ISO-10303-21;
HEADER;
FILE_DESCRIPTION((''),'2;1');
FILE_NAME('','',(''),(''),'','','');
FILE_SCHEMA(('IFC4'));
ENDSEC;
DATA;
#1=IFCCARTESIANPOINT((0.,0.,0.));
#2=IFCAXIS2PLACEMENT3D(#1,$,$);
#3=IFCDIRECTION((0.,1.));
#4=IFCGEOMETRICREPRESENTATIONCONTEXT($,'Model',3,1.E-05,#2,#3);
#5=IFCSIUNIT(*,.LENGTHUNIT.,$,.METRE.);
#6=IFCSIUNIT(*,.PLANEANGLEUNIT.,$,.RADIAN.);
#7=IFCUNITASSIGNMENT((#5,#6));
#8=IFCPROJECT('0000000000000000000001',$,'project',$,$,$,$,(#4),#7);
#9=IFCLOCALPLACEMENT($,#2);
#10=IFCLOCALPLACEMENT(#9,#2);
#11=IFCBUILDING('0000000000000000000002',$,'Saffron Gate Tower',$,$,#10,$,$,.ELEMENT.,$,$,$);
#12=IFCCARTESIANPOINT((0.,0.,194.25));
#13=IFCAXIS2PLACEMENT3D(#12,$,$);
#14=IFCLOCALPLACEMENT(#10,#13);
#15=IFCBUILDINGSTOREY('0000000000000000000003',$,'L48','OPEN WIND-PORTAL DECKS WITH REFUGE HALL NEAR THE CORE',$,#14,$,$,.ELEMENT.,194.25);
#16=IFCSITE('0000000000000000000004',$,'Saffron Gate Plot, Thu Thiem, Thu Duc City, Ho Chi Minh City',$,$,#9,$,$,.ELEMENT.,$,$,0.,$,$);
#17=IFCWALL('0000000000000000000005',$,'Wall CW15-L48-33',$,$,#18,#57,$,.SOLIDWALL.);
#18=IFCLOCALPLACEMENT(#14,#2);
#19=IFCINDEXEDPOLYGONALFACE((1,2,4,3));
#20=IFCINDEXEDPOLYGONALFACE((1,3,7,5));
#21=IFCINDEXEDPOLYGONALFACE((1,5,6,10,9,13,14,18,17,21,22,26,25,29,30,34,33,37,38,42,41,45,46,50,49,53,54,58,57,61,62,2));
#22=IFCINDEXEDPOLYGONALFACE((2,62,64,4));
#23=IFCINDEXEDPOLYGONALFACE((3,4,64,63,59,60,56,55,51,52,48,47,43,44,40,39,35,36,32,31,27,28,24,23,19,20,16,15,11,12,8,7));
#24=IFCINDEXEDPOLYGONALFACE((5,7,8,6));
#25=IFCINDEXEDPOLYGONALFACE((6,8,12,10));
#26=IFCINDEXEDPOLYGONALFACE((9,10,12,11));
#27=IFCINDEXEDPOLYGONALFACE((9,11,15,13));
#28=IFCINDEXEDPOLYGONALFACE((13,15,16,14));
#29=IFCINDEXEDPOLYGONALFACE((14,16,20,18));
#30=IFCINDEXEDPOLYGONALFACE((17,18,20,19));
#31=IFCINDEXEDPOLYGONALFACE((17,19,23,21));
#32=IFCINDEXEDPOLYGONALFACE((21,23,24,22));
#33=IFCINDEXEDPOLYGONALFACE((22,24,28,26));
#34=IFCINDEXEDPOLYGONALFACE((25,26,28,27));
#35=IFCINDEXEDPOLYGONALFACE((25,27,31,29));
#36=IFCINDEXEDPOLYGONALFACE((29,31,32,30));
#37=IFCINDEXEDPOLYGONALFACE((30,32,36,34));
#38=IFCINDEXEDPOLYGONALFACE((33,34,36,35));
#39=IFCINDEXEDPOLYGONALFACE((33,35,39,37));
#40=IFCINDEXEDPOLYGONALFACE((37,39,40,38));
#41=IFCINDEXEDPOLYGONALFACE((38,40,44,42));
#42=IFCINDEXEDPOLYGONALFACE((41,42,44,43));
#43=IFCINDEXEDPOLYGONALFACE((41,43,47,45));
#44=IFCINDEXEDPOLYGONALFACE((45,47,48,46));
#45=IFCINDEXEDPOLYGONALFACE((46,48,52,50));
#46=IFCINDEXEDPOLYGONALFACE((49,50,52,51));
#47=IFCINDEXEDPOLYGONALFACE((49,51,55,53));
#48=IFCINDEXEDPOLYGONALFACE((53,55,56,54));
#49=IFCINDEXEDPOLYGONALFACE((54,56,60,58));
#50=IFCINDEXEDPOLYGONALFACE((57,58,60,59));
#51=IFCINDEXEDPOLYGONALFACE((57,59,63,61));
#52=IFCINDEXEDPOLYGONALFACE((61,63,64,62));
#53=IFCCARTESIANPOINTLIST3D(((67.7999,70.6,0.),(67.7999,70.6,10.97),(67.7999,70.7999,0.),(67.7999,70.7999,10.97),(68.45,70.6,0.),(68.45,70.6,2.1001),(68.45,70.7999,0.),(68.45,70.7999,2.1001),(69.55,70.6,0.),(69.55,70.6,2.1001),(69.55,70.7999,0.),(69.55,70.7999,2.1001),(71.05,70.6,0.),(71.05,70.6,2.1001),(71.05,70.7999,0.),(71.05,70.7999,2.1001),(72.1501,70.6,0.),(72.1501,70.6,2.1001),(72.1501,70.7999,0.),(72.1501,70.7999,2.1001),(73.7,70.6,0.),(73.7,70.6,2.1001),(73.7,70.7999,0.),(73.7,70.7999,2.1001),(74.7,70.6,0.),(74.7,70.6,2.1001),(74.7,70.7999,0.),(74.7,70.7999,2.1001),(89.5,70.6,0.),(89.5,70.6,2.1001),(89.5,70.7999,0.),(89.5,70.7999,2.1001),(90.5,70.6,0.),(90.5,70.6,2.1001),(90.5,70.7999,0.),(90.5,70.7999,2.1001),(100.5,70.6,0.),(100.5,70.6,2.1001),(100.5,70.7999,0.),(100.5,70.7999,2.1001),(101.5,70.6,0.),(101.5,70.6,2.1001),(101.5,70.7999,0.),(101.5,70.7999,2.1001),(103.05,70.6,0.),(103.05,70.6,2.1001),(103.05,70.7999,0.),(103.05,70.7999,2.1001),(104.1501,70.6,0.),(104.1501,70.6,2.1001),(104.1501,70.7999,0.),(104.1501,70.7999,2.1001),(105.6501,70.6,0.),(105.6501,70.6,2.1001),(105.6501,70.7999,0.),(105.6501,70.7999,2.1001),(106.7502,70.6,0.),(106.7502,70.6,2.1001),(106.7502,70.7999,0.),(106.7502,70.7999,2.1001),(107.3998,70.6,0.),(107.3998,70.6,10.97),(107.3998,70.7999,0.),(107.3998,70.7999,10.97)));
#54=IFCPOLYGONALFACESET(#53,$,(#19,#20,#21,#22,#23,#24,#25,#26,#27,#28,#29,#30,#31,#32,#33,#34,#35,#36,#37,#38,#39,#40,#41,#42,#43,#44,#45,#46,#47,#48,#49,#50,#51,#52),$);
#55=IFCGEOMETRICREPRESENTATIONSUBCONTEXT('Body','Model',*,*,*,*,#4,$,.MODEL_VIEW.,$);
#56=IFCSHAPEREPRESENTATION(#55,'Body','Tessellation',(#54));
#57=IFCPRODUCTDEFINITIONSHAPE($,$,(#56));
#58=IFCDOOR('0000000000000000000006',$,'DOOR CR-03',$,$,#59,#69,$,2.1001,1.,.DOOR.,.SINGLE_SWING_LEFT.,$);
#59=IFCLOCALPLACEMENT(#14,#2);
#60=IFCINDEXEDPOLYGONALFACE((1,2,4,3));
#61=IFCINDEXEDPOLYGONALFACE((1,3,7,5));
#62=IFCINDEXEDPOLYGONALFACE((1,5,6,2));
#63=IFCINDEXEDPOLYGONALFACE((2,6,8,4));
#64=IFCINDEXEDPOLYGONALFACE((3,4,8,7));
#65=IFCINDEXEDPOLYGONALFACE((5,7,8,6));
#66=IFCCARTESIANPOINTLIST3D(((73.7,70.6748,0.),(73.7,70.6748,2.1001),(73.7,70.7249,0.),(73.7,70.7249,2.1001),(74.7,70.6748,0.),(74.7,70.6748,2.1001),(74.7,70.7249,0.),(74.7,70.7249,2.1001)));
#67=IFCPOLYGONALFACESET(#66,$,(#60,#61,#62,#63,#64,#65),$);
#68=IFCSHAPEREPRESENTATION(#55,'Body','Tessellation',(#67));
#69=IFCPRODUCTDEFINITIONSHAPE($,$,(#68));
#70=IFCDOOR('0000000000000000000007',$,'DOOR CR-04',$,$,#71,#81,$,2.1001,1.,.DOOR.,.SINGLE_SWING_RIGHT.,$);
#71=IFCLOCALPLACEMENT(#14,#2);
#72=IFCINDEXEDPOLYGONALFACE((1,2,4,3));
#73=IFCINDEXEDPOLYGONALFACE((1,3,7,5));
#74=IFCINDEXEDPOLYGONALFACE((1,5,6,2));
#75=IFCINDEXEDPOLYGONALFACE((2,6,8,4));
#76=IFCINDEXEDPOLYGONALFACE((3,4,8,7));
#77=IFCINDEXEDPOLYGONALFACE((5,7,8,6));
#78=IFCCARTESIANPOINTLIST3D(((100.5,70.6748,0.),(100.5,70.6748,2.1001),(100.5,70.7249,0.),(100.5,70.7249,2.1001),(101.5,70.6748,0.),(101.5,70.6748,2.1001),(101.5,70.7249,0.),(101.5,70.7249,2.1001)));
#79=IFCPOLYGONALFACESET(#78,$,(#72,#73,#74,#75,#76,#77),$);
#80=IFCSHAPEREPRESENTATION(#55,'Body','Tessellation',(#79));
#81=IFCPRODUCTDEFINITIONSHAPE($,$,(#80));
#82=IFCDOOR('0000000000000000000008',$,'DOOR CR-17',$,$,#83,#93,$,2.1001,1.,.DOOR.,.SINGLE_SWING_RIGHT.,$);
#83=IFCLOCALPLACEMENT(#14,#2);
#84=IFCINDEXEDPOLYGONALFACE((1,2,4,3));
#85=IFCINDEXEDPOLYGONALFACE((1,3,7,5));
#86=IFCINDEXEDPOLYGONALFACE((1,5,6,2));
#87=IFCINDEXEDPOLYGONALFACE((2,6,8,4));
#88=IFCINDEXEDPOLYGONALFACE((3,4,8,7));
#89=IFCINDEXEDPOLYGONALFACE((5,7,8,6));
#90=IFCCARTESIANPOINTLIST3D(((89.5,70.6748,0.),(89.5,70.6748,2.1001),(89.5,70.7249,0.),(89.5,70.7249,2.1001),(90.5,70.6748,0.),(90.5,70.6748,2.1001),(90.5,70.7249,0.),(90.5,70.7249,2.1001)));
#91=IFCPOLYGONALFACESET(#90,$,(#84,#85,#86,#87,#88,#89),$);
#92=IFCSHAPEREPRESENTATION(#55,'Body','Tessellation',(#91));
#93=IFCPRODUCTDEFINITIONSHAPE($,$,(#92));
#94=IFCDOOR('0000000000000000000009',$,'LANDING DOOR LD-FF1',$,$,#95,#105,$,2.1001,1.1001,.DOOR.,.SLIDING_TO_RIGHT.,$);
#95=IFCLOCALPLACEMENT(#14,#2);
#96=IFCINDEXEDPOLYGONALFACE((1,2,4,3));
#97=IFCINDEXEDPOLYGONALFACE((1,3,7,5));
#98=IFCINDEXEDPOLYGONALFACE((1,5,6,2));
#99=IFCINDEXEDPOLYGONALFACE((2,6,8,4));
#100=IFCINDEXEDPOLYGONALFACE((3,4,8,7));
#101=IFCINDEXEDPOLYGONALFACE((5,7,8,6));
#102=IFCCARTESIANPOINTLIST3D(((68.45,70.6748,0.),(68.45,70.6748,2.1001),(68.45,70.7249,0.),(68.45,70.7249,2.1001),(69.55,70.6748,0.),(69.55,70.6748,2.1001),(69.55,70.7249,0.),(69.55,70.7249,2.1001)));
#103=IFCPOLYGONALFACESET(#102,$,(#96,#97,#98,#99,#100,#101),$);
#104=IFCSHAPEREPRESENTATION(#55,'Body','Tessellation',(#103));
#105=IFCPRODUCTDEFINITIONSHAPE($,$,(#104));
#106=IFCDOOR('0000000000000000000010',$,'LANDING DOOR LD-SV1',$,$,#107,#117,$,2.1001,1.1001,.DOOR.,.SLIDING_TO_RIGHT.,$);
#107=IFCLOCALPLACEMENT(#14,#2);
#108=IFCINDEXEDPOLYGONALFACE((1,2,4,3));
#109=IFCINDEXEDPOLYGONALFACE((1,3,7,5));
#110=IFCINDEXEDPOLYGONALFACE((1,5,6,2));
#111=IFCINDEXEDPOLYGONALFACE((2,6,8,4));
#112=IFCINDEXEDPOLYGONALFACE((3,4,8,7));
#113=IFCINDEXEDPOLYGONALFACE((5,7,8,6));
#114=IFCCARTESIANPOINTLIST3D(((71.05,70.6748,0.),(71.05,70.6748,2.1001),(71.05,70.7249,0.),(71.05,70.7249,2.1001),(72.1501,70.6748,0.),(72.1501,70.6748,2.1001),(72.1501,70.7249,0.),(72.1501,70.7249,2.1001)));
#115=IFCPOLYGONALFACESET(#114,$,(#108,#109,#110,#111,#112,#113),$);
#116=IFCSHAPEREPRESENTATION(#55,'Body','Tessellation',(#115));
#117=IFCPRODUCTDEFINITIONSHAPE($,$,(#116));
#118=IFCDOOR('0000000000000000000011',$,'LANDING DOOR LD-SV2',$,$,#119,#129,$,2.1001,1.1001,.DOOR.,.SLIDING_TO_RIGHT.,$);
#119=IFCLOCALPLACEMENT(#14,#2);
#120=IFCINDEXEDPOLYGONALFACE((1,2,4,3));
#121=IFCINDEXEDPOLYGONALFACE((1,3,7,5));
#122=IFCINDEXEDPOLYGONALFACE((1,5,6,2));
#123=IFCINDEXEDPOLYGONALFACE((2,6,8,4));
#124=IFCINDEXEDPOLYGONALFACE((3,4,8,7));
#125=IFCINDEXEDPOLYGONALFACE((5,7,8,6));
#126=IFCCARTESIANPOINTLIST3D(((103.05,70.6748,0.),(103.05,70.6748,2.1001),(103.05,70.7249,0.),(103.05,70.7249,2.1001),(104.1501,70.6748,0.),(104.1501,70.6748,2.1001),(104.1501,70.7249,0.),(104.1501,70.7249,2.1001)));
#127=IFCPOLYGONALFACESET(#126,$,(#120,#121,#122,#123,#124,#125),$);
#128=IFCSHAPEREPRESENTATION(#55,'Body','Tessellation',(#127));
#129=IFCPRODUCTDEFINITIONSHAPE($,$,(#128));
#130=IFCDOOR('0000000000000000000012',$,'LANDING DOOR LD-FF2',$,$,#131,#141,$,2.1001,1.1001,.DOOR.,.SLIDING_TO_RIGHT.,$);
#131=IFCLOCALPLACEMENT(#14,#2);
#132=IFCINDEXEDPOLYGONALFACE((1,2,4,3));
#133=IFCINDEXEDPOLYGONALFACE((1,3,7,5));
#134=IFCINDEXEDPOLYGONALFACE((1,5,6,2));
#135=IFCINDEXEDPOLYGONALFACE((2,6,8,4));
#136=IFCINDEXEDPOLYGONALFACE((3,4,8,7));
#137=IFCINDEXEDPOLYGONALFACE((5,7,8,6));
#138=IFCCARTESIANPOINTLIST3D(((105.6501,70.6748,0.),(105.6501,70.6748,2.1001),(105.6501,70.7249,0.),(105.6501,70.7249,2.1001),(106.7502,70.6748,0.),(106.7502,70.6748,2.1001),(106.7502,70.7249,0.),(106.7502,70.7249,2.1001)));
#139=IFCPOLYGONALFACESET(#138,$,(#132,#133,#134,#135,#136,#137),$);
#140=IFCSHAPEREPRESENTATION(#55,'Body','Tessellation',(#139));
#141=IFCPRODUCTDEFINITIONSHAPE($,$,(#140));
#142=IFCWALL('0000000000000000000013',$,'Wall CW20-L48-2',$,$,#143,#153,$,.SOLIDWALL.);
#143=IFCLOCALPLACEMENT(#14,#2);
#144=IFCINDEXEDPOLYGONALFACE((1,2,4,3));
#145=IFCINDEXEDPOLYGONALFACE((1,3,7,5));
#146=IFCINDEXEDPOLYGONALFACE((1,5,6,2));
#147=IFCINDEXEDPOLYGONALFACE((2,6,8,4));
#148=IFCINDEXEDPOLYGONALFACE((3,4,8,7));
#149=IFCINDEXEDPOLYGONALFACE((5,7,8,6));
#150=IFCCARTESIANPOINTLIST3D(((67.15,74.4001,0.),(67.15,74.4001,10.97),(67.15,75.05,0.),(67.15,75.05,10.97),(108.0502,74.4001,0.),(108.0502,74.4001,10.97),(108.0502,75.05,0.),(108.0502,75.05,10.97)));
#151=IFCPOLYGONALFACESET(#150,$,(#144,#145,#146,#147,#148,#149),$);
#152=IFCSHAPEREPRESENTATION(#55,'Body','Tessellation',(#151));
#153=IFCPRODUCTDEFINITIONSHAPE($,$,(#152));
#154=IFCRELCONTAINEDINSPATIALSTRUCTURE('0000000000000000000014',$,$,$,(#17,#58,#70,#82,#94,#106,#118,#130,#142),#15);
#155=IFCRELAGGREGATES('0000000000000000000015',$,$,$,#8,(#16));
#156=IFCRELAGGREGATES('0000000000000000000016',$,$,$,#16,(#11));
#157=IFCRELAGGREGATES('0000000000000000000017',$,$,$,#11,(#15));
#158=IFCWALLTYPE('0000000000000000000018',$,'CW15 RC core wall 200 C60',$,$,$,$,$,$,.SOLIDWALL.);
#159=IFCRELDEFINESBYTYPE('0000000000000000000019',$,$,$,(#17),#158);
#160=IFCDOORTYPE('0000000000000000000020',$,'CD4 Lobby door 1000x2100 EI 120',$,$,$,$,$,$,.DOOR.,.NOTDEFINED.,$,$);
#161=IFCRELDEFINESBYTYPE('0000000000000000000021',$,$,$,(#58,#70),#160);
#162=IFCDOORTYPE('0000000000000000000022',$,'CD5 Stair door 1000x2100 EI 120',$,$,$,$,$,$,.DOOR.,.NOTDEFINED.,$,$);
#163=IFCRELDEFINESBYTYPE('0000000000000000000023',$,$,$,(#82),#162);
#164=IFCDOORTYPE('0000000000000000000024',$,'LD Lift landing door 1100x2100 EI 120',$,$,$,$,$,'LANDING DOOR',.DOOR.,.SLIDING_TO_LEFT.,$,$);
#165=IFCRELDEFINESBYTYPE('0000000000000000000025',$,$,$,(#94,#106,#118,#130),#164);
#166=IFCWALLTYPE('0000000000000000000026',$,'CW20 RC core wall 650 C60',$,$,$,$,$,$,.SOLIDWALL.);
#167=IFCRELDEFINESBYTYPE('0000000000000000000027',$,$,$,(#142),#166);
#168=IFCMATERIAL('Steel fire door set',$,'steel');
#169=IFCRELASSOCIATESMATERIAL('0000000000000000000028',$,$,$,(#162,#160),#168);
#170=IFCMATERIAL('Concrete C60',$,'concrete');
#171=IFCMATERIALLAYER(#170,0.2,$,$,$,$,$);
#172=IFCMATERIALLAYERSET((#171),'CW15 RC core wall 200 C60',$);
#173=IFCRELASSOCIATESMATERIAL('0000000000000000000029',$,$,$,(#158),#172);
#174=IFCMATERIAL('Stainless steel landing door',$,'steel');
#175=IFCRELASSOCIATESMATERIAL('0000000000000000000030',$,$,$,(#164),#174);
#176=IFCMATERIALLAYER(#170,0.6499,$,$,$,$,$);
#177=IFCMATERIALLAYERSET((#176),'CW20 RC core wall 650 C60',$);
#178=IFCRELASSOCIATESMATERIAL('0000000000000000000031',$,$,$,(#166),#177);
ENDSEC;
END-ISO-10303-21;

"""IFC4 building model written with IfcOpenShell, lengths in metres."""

from ifc_helpers import new_model, si_unit, direction, frame, frame_2d, origin, place, context, subcontext, project, spatial, rectangle, extrude, material, layer, layer_set, type_object, element, fill, save


model = new_model("IFC4")

# Units and contexts
model_context = context("Model", 3, precision=1e-05, world=origin(), true_north=direction((0.0, 1.0)))
body_context = subcontext(model_context, "Body", "Model", "MODEL_VIEW")
ifc_project = project(units=[si_unit("LENGTHUNIT", "METRE"), si_unit("PLANEANGLEUNIT", "RADIAN")], contexts=[model_context])

# Site, building, storey
site_placement = place(None, origin())
site = spatial("IfcSite", under=ifc_project, at=site_placement, Name="Saffron Gate Plot, Thu Thiem, Thu Duc City, Ho Chi Minh City", CompositionType="ELEMENT", RefElevation=0.0)
building_placement = place(site_placement, origin())
building = spatial("IfcBuilding", under=site, at=building_placement, Name="Saffron Gate Tower", CompositionType="ELEMENT")
storey_placement = place(building_placement, frame((0.0, 0.0, 194.25)))
storey = spatial("IfcBuildingStorey", under=building, at=storey_placement, Name="L48", Description="OPEN WIND-PORTAL DECKS WITH REFUGE HALL NEAR THE CORE", CompositionType="ELEMENT", Elevation=194.25)

# Wall, openings, doors
ifc_material_1 = material(Name="Concrete C60", Category="concrete")
ifc_material_2 = material(Name="Steel fire door set", Category="steel")
door_type_1 = type_object("IfcDoorType", Name="CD5 Stair door 1000x2100 EI 120", OperationType="NOTDEFINED", PredefinedType="DOOR", material=ifc_material_2)
ifc_layer_1 = layer(ifc_material_1, 0.2)
ifc_layer_set_1 = layer_set([ifc_layer_1], Name="CW15 RC core wall 200 C60")
wall_type_1 = type_object("IfcWallType", Name="CW15 RC core wall 200 C60", PredefinedType="SOLIDWALL", material=ifc_layer_set_1)
wall_1_placement = place(storey_placement, frame((67.8, 70.7, 0.0), z_axis=(0.0, 0.0, 1.0), x_axis=(1.0, 0.0, 0.0)))
wall_1 = element("IfcWall", 1, at=wall_1_placement, inside=storey, type_object=wall_type_1, Name="Wall CW15-L48-33", PredefinedType="SOLIDWALL", context=body_context, shape_type="SweptSolid", body=[
    extrude(rectangle(XDim=39.5999, YDim=0.2, at=frame_2d((19.7998, 0.0))), origin(), (0.0, 0.0, 1.0), 10.97),
])
opening_1_placement = place(wall_1_placement, frame((0.6499, 0.0, 0.0)))
opening_1 = element("IfcOpeningElement", 2, at=opening_1_placement, cuts=wall_1, PredefinedType="OPENING", context=body_context, shape_type="SweptSolid", body=[
    extrude(rectangle(XDim=1.1001, YDim=2.1001, at=frame_2d((0.55, 1.05))), frame((0.0, 0.1099, 0.0), z_axis=(0.0, -1.0, 0.0), x_axis=(1.0, 0.0, 0.0)), (0.0, 0.0, 1.0), 0.22),
])
opening_2_placement = place(wall_1_placement, frame((3.25, 0.0, 0.0)))
opening_2 = element("IfcOpeningElement", 3, at=opening_2_placement, cuts=wall_1, PredefinedType="OPENING", context=body_context, shape_type="SweptSolid", body=[
    extrude(rectangle(XDim=1.1001, YDim=2.1001, at=frame_2d((0.55, 1.05))), frame((0.0, 0.1099, 0.0), z_axis=(0.0, -1.0, 0.0), x_axis=(1.0, 0.0, 0.0)), (0.0, 0.0, 1.0), 0.22),
])
opening_3_placement = place(wall_1_placement, frame((5.8999, 0.0, 0.0)))
opening_3 = element("IfcOpeningElement", 4, at=opening_3_placement, cuts=wall_1, PredefinedType="OPENING", context=body_context, shape_type="SweptSolid", body=[
    extrude(rectangle(XDim=1.0, YDim=2.1001, at=frame_2d((0.5, 1.05))), frame((0.0, 0.1099, 0.0), z_axis=(0.0, -1.0, 0.0), x_axis=(1.0, 0.0, 0.0)), (0.0, 0.0, 1.0), 0.22),
])
opening_4_placement = place(wall_1_placement, frame((21.7, 0.0, 0.0)))
opening_4 = element("IfcOpeningElement", 5, at=opening_4_placement, cuts=wall_1, PredefinedType="OPENING", context=body_context, shape_type="SweptSolid", body=[
    extrude(rectangle(XDim=1.0, YDim=2.1001, at=frame_2d((0.5, 1.05))), frame((0.0, 0.1099, 0.0), z_axis=(0.0, -1.0, 0.0), x_axis=(1.0, 0.0, 0.0)), (0.0, 0.0, 1.0), 0.22),
])
opening_5_placement = place(wall_1_placement, frame((32.7, 0.0, 0.0)))
opening_5 = element("IfcOpeningElement", 6, at=opening_5_placement, cuts=wall_1, PredefinedType="OPENING", context=body_context, shape_type="SweptSolid", body=[
    extrude(rectangle(XDim=1.0, YDim=2.1001, at=frame_2d((0.5, 1.05))), frame((0.0, 0.1099, 0.0), z_axis=(0.0, -1.0, 0.0), x_axis=(1.0, 0.0, 0.0)), (0.0, 0.0, 1.0), 0.22),
])
opening_6_placement = place(wall_1_placement, frame((35.25, 0.0, 0.0)))
opening_6 = element("IfcOpeningElement", 7, at=opening_6_placement, cuts=wall_1, PredefinedType="OPENING", context=body_context, shape_type="SweptSolid", body=[
    extrude(rectangle(XDim=1.1001, YDim=2.1001, at=frame_2d((0.55, 1.05))), frame((0.0, 0.1099, 0.0), z_axis=(0.0, -1.0, 0.0), x_axis=(1.0, 0.0, 0.0)), (0.0, 0.0, 1.0), 0.22),
])
opening_7_placement = place(wall_1_placement, frame((37.8501, 0.0, 0.0)))
opening_7 = element("IfcOpeningElement", 8, at=opening_7_placement, cuts=wall_1, PredefinedType="OPENING", context=body_context, shape_type="SweptSolid", body=[
    extrude(rectangle(XDim=1.1001, YDim=2.1001, at=frame_2d((0.55, 1.05))), frame((0.0, 0.1099, 0.0), z_axis=(0.0, -1.0, 0.0), x_axis=(1.0, 0.0, 0.0)), (0.0, 0.0, 1.0), 0.22),
])
door_type_2 = type_object("IfcDoorType", Name="CD4 Lobby door 1000x2100 EI 120", OperationType="NOTDEFINED", PredefinedType="DOOR", material=ifc_material_2)
door_1_placement = place(opening_3_placement, origin())
door_1 = element("IfcDoor", 9, at=door_1_placement, inside=storey, type_object=door_type_2, Name="DOOR CR-03", OperationType="SINGLE_SWING_LEFT", OverallHeight=2.1001, OverallWidth=1.0, PredefinedType="DOOR", context=body_context, shape_type="SweptSolid", body=[
    extrude(rectangle(XDim=1.0, YDim=2.1001, at=frame_2d((0.5, 1.05))), frame((0.0, 0.0249, 0.0), z_axis=(0.0, -1.0, 0.0), x_axis=(1.0, 0.0, 0.0)), (0.0, 0.0, 1.0), 0.05),
])
fill(opening_3, door_1)
door_2_placement = place(opening_5_placement, origin())
door_2 = element("IfcDoor", 10, at=door_2_placement, inside=storey, type_object=door_type_2, Name="DOOR CR-04", OperationType="SINGLE_SWING_RIGHT", OverallHeight=2.1001, OverallWidth=1.0, PredefinedType="DOOR", context=body_context, shape_type="SweptSolid", body=[
    extrude(rectangle(XDim=1.0, YDim=2.1001, at=frame_2d((0.5, 1.05))), frame((0.0, 0.0249, 0.0), z_axis=(0.0, -1.0, 0.0), x_axis=(1.0, 0.0, 0.0)), (0.0, 0.0, 1.0), 0.05),
])
fill(opening_5, door_2)
door_3_placement = place(opening_4_placement, origin())
door_3 = element("IfcDoor", 11, at=door_3_placement, inside=storey, type_object=door_type_1, Name="DOOR CR-17", OperationType="SINGLE_SWING_RIGHT", OverallHeight=2.1001, OverallWidth=1.0, PredefinedType="DOOR", context=body_context, shape_type="SweptSolid", body=[
    extrude(rectangle(XDim=1.0, YDim=2.1001, at=frame_2d((0.5, 1.05))), frame((0.0, 0.0249, 0.0), z_axis=(0.0, -1.0, 0.0), x_axis=(1.0, 0.0, 0.0)), (0.0, 0.0, 1.0), 0.05),
])
fill(opening_4, door_3)
ifc_material_3 = material(Name="Stainless steel landing door", Category="steel")
door_type_3 = type_object("IfcDoorType", Name="LD Lift landing door 1100x2100 EI 120", ElementType="LANDING DOOR", OperationType="SLIDING_TO_LEFT", PredefinedType="DOOR", material=ifc_material_3)
door_4_placement = place(opening_1_placement, origin())
door_4 = element("IfcDoor", 12, at=door_4_placement, inside=storey, type_object=door_type_3, Name="LANDING DOOR LD-FF1", OperationType="SLIDING_TO_RIGHT", OverallHeight=2.1001, OverallWidth=1.1001, PredefinedType="DOOR", context=body_context, shape_type="SweptSolid", body=[
    extrude(rectangle(XDim=1.1001, YDim=2.1001, at=frame_2d((0.55, 1.05))), frame((0.0, 0.0249, 0.0), z_axis=(0.0, -1.0, 0.0), x_axis=(1.0, 0.0, 0.0)), (0.0, 0.0, 1.0), 0.05),
])
fill(opening_1, door_4)
door_5_placement = place(opening_2_placement, origin())
door_5 = element("IfcDoor", 13, at=door_5_placement, inside=storey, type_object=door_type_3, Name="LANDING DOOR LD-SV1", OperationType="SLIDING_TO_RIGHT", OverallHeight=2.1001, OverallWidth=1.1001, PredefinedType="DOOR", context=body_context, shape_type="SweptSolid", body=[
    extrude(rectangle(XDim=1.1001, YDim=2.1001, at=frame_2d((0.55, 1.05))), frame((0.0, 0.0249, 0.0), z_axis=(0.0, -1.0, 0.0), x_axis=(1.0, 0.0, 0.0)), (0.0, 0.0, 1.0), 0.05),
])
fill(opening_2, door_5)
door_6_placement = place(opening_6_placement, origin())
door_6 = element("IfcDoor", 14, at=door_6_placement, inside=storey, type_object=door_type_3, Name="LANDING DOOR LD-SV2", OperationType="SLIDING_TO_RIGHT", OverallHeight=2.1001, OverallWidth=1.1001, PredefinedType="DOOR", context=body_context, shape_type="SweptSolid", body=[
    extrude(rectangle(XDim=1.1001, YDim=2.1001, at=frame_2d((0.55, 1.05))), frame((0.0, 0.0249, 0.0), z_axis=(0.0, -1.0, 0.0), x_axis=(1.0, 0.0, 0.0)), (0.0, 0.0, 1.0), 0.05),
])
fill(opening_6, door_6)
door_7_placement = place(opening_7_placement, origin())
door_7 = element("IfcDoor", 15, at=door_7_placement, inside=storey, type_object=door_type_3, Name="LANDING DOOR LD-FF2", OperationType="SLIDING_TO_RIGHT", OverallHeight=2.1001, OverallWidth=1.1001, PredefinedType="DOOR", context=body_context, shape_type="SweptSolid", body=[
    extrude(rectangle(XDim=1.1001, YDim=2.1001, at=frame_2d((0.55, 1.05))), frame((0.0, 0.0249, 0.0), z_axis=(0.0, -1.0, 0.0), x_axis=(1.0, 0.0, 0.0)), (0.0, 0.0, 1.0), 0.05),
])
fill(opening_7, door_7)

# Wall
ifc_layer_2 = layer(ifc_material_1, 0.6499)
ifc_layer_set_2 = layer_set([ifc_layer_2], Name="CW20 RC core wall 650 C60")
wall_type_2 = type_object("IfcWallType", Name="CW20 RC core wall 650 C60", PredefinedType="SOLIDWALL", material=ifc_layer_set_2)
wall_2_placement = place(storey_placement, frame((67.1499, 74.7251, 0.0), z_axis=(0.0, 0.0, 1.0), x_axis=(1.0, 0.0, 0.0)))
element("IfcWall", 16, at=wall_2_placement, inside=storey, type_object=wall_type_2, Name="Wall CW20-L48-2", PredefinedType="SOLIDWALL", context=body_context, shape_type="SweptSolid", body=[
    extrude(rectangle(XDim=40.9001, YDim=0.6499, at=frame_2d((20.4502, 0.0))), origin(), (0.0, 0.0, 1.0), 10.97),
])

save(model, "model.ifc")
